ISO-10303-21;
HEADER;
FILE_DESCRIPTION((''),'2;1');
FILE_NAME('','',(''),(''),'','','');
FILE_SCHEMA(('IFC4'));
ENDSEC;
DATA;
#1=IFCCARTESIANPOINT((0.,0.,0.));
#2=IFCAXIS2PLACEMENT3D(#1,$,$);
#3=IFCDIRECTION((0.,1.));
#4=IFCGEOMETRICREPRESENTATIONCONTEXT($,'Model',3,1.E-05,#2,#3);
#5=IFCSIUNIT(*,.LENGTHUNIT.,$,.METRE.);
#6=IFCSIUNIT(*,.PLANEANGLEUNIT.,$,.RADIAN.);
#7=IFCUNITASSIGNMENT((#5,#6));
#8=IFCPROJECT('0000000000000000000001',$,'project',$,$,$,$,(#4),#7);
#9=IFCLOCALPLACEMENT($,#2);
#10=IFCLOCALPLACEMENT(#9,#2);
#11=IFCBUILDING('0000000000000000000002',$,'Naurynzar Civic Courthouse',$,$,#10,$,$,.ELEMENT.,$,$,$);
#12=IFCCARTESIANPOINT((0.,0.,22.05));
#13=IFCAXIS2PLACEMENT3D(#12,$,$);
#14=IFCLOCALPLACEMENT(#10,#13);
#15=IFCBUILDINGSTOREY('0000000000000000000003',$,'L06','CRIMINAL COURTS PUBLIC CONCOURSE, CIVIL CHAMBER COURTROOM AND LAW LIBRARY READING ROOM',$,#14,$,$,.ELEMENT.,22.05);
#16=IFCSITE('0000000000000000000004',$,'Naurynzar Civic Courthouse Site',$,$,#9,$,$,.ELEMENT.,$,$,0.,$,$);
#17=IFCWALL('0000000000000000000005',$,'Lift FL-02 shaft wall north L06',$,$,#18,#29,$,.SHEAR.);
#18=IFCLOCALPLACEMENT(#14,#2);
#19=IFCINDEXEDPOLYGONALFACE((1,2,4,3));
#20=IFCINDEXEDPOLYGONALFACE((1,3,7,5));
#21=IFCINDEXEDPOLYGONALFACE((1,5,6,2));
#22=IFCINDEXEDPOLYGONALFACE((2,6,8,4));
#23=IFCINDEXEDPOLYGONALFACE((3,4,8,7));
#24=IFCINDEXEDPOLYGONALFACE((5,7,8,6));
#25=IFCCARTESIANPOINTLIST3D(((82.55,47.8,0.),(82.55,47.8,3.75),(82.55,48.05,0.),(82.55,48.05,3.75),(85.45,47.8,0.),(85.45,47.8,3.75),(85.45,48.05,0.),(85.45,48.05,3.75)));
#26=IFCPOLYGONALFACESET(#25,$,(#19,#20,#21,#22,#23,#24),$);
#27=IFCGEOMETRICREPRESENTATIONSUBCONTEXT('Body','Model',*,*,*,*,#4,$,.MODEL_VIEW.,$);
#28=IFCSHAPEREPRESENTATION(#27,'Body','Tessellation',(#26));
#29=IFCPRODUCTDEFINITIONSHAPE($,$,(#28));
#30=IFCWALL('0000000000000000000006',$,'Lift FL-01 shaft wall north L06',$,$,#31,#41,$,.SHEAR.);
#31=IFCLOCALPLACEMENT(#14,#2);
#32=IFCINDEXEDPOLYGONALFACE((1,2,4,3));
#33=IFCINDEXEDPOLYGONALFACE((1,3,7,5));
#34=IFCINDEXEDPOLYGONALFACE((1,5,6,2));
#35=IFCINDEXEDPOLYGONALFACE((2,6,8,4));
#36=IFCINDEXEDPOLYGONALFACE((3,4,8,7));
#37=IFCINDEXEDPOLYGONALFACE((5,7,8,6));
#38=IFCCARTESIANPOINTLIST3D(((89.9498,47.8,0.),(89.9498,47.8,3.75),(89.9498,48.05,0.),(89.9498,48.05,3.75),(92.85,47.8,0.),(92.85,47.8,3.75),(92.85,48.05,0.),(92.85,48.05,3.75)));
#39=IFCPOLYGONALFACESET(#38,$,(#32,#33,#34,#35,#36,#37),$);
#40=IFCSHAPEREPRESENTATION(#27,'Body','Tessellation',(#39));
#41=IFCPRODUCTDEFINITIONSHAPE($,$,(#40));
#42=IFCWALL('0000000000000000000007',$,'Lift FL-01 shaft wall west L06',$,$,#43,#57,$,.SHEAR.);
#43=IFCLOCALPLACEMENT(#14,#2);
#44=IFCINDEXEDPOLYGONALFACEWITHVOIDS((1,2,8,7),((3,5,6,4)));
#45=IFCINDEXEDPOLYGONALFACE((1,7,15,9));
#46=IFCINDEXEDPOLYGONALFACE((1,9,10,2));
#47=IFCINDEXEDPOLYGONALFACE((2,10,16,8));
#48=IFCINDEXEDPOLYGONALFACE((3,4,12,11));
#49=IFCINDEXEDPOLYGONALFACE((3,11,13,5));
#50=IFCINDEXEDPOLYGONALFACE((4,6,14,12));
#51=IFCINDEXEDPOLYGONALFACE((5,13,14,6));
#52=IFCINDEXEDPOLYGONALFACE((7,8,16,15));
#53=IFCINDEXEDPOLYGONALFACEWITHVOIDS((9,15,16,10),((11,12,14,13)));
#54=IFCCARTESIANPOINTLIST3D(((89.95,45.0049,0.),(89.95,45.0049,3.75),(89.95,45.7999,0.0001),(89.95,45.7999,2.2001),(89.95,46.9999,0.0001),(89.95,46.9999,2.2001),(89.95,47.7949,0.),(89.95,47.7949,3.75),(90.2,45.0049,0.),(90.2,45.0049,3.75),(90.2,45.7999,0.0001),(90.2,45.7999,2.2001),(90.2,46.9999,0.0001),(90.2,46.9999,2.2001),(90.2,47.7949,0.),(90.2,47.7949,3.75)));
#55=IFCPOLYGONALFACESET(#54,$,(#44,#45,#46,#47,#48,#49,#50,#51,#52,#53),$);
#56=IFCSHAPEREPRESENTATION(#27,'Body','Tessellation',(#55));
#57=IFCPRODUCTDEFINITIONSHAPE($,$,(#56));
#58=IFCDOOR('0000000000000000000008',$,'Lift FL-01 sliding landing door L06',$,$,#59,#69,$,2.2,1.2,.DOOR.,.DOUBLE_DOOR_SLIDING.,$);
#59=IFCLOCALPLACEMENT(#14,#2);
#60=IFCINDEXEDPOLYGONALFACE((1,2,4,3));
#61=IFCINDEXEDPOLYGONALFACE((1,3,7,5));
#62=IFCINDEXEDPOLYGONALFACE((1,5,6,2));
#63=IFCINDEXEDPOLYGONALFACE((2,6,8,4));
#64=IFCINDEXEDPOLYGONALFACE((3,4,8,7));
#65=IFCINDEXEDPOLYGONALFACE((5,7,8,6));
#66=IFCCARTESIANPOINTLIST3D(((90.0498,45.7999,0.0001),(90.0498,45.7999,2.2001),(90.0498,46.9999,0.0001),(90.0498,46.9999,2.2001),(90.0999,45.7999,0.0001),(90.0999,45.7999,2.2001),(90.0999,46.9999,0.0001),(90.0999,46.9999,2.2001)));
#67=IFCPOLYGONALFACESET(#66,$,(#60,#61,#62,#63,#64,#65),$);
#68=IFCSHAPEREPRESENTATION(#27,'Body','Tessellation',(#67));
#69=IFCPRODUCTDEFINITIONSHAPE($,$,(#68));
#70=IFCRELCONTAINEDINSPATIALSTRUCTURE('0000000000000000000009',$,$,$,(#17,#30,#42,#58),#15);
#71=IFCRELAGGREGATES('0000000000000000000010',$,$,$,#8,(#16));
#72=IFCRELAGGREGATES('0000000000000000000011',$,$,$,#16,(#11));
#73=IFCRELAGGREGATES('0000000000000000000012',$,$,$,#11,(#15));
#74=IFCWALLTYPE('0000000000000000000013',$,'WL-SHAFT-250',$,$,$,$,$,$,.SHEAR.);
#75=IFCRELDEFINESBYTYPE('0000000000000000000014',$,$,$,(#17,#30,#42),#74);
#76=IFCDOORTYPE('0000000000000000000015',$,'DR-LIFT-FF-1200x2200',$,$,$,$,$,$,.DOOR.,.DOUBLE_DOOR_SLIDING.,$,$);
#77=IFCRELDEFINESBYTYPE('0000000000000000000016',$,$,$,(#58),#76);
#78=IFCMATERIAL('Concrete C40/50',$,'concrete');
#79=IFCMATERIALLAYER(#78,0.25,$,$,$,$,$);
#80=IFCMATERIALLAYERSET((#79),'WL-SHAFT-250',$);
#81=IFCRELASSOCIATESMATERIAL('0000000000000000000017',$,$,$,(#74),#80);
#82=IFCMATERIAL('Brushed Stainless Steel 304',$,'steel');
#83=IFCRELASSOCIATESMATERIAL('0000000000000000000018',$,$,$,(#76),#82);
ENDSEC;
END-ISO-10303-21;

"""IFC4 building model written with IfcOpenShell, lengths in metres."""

from ifc_helpers import new_model, si_unit, direction, frame, frame_2d, origin, place, context, subcontext, project, spatial, rectangle, extrude, material, layer, layer_set, type_object, element, fill, save


model = new_model("IFC4")

# Units and contexts
model_context = context("Model", 3, precision=1e-05, world=origin(), true_north=direction((0.0, 1.0)))
body_context = subcontext(model_context, "Body", "Model", "MODEL_VIEW")
ifc_project = project(units=[si_unit("LENGTHUNIT", "METRE"), si_unit("PLANEANGLEUNIT", "RADIAN")], contexts=[model_context])

# Site, building, storey
site_placement = place(None, origin())
site = spatial("IfcSite", under=ifc_project, at=site_placement, Name="Naurynzar Civic Courthouse Site", CompositionType="ELEMENT", RefElevation=0.0)
building_placement = place(site_placement, origin())
building = spatial("IfcBuilding", under=site, at=building_placement, Name="Naurynzar Civic Courthouse", CompositionType="ELEMENT")
storey_placement = place(building_placement, frame((0.0, 0.0, 22.05)))
storey = spatial("IfcBuildingStorey", under=building, at=storey_placement, Name="L06", Description="CRIMINAL COURTS PUBLIC CONCOURSE, CIVIL CHAMBER COURTROOM AND LAW LIBRARY READING ROOM", CompositionType="ELEMENT", Elevation=22.05)

# Walls
ifc_material_1 = material(Name="Concrete C40/50", Category="concrete")
ifc_layer_1 = layer(ifc_material_1, 0.25)
ifc_layer_set_1 = layer_set([ifc_layer_1], Name="WL-SHAFT-250")
wall_type_1 = type_object("IfcWallType", Name="WL-SHAFT-250", PredefinedType="SHEAR", material=ifc_layer_set_1)
wall_1_placement = place(storey_placement, frame((85.45, 47.925, 0.0), z_axis=(0.0, 0.0, 1.0), x_axis=(-1.0, 0.0, 0.0)))
element("IfcWall", 1, at=wall_1_placement, inside=storey, type_object=wall_type_1, Name="Lift FL-02 shaft wall north L06", PredefinedType="SHEAR", context=body_context, shape_type="SweptSolid", body=[
    extrude(rectangle(XDim=2.8999, YDim=0.25, at=frame_2d((1.45, 0.0))), origin(), (0.0, 0.0, 1.0), 3.75),
])
wall_2_placement = place(storey_placement, frame((92.8501, 47.925, 0.0), z_axis=(0.0, 0.0, 1.0), x_axis=(-1.0, 0.0, 0.0)))
element("IfcWall", 2, at=wall_2_placement, inside=storey, type_object=wall_type_1, Name="Lift FL-01 shaft wall north L06", PredefinedType="SHEAR", context=body_context, shape_type="SweptSolid", body=[
    extrude(rectangle(XDim=2.9001, YDim=0.25, at=frame_2d((1.4502, 0.0))), origin(), (0.0, 0.0, 1.0), 3.75),
])

# Wall, opening, door
wall_3_placement = place(storey_placement, frame((90.075, 47.7949, 0.0), z_axis=(0.0, 0.0, 1.0), x_axis=(0.0, -1.0, 0.0)))
wall_3 = element("IfcWall", 3, at=wall_3_placement, inside=storey, type_object=wall_type_1, Name="Lift FL-01 shaft wall west L06", PredefinedType="SHEAR", context=body_context, shape_type="SweptSolid", body=[
    extrude(rectangle(XDim=2.79, YDim=0.25, at=frame_2d((1.395, 0.0))), origin(), (0.0, 0.0, 1.0), 3.75),
])
opening_1_placement = place(wall_3_placement, frame((0.7949, 0.0, 0.0)))
opening_1 = element("IfcOpeningElement", 4, at=opening_1_placement, cuts=wall_3, PredefinedType="OPENING", context=body_context, shape_type="SweptSolid", body=[
    extrude(rectangle(XDim=1.2, YDim=2.2, at=frame_2d((0.6001, 1.1001))), frame((0.0, 0.135, 0.0), z_axis=(0.0, -1.0, 0.0), x_axis=(1.0, 0.0, 0.0)), (0.0, 0.0, 1.0), 0.27),
])
ifc_material_2 = material(Name="Brushed Stainless Steel 304", Category="steel")
door_type_1 = type_object("IfcDoorType", Name="DR-LIFT-FF-1200x2200", OperationType="DOUBLE_DOOR_SLIDING", PredefinedType="DOOR", material=ifc_material_2)
door_1_placement = place(opening_1_placement, origin())
door_1 = element("IfcDoor", 5, at=door_1_placement, inside=storey, type_object=door_type_1, Name="Lift FL-01 sliding landing door L06", OperationType="DOUBLE_DOOR_SLIDING", OverallHeight=2.2, OverallWidth=1.2, PredefinedType="DOOR", context=body_context, shape_type="SweptSolid", body=[
    extrude(rectangle(XDim=1.2, YDim=2.2, at=frame_2d((0.6001, 1.1001))), frame((0.0, 0.0249, 0.0), z_axis=(0.0, -1.0, 0.0), x_axis=(1.0, 0.0, 0.0)), (0.0, 0.0, 1.0), 0.05),
])
fill(opening_1, door_1)

save(model, "model.ifc")
